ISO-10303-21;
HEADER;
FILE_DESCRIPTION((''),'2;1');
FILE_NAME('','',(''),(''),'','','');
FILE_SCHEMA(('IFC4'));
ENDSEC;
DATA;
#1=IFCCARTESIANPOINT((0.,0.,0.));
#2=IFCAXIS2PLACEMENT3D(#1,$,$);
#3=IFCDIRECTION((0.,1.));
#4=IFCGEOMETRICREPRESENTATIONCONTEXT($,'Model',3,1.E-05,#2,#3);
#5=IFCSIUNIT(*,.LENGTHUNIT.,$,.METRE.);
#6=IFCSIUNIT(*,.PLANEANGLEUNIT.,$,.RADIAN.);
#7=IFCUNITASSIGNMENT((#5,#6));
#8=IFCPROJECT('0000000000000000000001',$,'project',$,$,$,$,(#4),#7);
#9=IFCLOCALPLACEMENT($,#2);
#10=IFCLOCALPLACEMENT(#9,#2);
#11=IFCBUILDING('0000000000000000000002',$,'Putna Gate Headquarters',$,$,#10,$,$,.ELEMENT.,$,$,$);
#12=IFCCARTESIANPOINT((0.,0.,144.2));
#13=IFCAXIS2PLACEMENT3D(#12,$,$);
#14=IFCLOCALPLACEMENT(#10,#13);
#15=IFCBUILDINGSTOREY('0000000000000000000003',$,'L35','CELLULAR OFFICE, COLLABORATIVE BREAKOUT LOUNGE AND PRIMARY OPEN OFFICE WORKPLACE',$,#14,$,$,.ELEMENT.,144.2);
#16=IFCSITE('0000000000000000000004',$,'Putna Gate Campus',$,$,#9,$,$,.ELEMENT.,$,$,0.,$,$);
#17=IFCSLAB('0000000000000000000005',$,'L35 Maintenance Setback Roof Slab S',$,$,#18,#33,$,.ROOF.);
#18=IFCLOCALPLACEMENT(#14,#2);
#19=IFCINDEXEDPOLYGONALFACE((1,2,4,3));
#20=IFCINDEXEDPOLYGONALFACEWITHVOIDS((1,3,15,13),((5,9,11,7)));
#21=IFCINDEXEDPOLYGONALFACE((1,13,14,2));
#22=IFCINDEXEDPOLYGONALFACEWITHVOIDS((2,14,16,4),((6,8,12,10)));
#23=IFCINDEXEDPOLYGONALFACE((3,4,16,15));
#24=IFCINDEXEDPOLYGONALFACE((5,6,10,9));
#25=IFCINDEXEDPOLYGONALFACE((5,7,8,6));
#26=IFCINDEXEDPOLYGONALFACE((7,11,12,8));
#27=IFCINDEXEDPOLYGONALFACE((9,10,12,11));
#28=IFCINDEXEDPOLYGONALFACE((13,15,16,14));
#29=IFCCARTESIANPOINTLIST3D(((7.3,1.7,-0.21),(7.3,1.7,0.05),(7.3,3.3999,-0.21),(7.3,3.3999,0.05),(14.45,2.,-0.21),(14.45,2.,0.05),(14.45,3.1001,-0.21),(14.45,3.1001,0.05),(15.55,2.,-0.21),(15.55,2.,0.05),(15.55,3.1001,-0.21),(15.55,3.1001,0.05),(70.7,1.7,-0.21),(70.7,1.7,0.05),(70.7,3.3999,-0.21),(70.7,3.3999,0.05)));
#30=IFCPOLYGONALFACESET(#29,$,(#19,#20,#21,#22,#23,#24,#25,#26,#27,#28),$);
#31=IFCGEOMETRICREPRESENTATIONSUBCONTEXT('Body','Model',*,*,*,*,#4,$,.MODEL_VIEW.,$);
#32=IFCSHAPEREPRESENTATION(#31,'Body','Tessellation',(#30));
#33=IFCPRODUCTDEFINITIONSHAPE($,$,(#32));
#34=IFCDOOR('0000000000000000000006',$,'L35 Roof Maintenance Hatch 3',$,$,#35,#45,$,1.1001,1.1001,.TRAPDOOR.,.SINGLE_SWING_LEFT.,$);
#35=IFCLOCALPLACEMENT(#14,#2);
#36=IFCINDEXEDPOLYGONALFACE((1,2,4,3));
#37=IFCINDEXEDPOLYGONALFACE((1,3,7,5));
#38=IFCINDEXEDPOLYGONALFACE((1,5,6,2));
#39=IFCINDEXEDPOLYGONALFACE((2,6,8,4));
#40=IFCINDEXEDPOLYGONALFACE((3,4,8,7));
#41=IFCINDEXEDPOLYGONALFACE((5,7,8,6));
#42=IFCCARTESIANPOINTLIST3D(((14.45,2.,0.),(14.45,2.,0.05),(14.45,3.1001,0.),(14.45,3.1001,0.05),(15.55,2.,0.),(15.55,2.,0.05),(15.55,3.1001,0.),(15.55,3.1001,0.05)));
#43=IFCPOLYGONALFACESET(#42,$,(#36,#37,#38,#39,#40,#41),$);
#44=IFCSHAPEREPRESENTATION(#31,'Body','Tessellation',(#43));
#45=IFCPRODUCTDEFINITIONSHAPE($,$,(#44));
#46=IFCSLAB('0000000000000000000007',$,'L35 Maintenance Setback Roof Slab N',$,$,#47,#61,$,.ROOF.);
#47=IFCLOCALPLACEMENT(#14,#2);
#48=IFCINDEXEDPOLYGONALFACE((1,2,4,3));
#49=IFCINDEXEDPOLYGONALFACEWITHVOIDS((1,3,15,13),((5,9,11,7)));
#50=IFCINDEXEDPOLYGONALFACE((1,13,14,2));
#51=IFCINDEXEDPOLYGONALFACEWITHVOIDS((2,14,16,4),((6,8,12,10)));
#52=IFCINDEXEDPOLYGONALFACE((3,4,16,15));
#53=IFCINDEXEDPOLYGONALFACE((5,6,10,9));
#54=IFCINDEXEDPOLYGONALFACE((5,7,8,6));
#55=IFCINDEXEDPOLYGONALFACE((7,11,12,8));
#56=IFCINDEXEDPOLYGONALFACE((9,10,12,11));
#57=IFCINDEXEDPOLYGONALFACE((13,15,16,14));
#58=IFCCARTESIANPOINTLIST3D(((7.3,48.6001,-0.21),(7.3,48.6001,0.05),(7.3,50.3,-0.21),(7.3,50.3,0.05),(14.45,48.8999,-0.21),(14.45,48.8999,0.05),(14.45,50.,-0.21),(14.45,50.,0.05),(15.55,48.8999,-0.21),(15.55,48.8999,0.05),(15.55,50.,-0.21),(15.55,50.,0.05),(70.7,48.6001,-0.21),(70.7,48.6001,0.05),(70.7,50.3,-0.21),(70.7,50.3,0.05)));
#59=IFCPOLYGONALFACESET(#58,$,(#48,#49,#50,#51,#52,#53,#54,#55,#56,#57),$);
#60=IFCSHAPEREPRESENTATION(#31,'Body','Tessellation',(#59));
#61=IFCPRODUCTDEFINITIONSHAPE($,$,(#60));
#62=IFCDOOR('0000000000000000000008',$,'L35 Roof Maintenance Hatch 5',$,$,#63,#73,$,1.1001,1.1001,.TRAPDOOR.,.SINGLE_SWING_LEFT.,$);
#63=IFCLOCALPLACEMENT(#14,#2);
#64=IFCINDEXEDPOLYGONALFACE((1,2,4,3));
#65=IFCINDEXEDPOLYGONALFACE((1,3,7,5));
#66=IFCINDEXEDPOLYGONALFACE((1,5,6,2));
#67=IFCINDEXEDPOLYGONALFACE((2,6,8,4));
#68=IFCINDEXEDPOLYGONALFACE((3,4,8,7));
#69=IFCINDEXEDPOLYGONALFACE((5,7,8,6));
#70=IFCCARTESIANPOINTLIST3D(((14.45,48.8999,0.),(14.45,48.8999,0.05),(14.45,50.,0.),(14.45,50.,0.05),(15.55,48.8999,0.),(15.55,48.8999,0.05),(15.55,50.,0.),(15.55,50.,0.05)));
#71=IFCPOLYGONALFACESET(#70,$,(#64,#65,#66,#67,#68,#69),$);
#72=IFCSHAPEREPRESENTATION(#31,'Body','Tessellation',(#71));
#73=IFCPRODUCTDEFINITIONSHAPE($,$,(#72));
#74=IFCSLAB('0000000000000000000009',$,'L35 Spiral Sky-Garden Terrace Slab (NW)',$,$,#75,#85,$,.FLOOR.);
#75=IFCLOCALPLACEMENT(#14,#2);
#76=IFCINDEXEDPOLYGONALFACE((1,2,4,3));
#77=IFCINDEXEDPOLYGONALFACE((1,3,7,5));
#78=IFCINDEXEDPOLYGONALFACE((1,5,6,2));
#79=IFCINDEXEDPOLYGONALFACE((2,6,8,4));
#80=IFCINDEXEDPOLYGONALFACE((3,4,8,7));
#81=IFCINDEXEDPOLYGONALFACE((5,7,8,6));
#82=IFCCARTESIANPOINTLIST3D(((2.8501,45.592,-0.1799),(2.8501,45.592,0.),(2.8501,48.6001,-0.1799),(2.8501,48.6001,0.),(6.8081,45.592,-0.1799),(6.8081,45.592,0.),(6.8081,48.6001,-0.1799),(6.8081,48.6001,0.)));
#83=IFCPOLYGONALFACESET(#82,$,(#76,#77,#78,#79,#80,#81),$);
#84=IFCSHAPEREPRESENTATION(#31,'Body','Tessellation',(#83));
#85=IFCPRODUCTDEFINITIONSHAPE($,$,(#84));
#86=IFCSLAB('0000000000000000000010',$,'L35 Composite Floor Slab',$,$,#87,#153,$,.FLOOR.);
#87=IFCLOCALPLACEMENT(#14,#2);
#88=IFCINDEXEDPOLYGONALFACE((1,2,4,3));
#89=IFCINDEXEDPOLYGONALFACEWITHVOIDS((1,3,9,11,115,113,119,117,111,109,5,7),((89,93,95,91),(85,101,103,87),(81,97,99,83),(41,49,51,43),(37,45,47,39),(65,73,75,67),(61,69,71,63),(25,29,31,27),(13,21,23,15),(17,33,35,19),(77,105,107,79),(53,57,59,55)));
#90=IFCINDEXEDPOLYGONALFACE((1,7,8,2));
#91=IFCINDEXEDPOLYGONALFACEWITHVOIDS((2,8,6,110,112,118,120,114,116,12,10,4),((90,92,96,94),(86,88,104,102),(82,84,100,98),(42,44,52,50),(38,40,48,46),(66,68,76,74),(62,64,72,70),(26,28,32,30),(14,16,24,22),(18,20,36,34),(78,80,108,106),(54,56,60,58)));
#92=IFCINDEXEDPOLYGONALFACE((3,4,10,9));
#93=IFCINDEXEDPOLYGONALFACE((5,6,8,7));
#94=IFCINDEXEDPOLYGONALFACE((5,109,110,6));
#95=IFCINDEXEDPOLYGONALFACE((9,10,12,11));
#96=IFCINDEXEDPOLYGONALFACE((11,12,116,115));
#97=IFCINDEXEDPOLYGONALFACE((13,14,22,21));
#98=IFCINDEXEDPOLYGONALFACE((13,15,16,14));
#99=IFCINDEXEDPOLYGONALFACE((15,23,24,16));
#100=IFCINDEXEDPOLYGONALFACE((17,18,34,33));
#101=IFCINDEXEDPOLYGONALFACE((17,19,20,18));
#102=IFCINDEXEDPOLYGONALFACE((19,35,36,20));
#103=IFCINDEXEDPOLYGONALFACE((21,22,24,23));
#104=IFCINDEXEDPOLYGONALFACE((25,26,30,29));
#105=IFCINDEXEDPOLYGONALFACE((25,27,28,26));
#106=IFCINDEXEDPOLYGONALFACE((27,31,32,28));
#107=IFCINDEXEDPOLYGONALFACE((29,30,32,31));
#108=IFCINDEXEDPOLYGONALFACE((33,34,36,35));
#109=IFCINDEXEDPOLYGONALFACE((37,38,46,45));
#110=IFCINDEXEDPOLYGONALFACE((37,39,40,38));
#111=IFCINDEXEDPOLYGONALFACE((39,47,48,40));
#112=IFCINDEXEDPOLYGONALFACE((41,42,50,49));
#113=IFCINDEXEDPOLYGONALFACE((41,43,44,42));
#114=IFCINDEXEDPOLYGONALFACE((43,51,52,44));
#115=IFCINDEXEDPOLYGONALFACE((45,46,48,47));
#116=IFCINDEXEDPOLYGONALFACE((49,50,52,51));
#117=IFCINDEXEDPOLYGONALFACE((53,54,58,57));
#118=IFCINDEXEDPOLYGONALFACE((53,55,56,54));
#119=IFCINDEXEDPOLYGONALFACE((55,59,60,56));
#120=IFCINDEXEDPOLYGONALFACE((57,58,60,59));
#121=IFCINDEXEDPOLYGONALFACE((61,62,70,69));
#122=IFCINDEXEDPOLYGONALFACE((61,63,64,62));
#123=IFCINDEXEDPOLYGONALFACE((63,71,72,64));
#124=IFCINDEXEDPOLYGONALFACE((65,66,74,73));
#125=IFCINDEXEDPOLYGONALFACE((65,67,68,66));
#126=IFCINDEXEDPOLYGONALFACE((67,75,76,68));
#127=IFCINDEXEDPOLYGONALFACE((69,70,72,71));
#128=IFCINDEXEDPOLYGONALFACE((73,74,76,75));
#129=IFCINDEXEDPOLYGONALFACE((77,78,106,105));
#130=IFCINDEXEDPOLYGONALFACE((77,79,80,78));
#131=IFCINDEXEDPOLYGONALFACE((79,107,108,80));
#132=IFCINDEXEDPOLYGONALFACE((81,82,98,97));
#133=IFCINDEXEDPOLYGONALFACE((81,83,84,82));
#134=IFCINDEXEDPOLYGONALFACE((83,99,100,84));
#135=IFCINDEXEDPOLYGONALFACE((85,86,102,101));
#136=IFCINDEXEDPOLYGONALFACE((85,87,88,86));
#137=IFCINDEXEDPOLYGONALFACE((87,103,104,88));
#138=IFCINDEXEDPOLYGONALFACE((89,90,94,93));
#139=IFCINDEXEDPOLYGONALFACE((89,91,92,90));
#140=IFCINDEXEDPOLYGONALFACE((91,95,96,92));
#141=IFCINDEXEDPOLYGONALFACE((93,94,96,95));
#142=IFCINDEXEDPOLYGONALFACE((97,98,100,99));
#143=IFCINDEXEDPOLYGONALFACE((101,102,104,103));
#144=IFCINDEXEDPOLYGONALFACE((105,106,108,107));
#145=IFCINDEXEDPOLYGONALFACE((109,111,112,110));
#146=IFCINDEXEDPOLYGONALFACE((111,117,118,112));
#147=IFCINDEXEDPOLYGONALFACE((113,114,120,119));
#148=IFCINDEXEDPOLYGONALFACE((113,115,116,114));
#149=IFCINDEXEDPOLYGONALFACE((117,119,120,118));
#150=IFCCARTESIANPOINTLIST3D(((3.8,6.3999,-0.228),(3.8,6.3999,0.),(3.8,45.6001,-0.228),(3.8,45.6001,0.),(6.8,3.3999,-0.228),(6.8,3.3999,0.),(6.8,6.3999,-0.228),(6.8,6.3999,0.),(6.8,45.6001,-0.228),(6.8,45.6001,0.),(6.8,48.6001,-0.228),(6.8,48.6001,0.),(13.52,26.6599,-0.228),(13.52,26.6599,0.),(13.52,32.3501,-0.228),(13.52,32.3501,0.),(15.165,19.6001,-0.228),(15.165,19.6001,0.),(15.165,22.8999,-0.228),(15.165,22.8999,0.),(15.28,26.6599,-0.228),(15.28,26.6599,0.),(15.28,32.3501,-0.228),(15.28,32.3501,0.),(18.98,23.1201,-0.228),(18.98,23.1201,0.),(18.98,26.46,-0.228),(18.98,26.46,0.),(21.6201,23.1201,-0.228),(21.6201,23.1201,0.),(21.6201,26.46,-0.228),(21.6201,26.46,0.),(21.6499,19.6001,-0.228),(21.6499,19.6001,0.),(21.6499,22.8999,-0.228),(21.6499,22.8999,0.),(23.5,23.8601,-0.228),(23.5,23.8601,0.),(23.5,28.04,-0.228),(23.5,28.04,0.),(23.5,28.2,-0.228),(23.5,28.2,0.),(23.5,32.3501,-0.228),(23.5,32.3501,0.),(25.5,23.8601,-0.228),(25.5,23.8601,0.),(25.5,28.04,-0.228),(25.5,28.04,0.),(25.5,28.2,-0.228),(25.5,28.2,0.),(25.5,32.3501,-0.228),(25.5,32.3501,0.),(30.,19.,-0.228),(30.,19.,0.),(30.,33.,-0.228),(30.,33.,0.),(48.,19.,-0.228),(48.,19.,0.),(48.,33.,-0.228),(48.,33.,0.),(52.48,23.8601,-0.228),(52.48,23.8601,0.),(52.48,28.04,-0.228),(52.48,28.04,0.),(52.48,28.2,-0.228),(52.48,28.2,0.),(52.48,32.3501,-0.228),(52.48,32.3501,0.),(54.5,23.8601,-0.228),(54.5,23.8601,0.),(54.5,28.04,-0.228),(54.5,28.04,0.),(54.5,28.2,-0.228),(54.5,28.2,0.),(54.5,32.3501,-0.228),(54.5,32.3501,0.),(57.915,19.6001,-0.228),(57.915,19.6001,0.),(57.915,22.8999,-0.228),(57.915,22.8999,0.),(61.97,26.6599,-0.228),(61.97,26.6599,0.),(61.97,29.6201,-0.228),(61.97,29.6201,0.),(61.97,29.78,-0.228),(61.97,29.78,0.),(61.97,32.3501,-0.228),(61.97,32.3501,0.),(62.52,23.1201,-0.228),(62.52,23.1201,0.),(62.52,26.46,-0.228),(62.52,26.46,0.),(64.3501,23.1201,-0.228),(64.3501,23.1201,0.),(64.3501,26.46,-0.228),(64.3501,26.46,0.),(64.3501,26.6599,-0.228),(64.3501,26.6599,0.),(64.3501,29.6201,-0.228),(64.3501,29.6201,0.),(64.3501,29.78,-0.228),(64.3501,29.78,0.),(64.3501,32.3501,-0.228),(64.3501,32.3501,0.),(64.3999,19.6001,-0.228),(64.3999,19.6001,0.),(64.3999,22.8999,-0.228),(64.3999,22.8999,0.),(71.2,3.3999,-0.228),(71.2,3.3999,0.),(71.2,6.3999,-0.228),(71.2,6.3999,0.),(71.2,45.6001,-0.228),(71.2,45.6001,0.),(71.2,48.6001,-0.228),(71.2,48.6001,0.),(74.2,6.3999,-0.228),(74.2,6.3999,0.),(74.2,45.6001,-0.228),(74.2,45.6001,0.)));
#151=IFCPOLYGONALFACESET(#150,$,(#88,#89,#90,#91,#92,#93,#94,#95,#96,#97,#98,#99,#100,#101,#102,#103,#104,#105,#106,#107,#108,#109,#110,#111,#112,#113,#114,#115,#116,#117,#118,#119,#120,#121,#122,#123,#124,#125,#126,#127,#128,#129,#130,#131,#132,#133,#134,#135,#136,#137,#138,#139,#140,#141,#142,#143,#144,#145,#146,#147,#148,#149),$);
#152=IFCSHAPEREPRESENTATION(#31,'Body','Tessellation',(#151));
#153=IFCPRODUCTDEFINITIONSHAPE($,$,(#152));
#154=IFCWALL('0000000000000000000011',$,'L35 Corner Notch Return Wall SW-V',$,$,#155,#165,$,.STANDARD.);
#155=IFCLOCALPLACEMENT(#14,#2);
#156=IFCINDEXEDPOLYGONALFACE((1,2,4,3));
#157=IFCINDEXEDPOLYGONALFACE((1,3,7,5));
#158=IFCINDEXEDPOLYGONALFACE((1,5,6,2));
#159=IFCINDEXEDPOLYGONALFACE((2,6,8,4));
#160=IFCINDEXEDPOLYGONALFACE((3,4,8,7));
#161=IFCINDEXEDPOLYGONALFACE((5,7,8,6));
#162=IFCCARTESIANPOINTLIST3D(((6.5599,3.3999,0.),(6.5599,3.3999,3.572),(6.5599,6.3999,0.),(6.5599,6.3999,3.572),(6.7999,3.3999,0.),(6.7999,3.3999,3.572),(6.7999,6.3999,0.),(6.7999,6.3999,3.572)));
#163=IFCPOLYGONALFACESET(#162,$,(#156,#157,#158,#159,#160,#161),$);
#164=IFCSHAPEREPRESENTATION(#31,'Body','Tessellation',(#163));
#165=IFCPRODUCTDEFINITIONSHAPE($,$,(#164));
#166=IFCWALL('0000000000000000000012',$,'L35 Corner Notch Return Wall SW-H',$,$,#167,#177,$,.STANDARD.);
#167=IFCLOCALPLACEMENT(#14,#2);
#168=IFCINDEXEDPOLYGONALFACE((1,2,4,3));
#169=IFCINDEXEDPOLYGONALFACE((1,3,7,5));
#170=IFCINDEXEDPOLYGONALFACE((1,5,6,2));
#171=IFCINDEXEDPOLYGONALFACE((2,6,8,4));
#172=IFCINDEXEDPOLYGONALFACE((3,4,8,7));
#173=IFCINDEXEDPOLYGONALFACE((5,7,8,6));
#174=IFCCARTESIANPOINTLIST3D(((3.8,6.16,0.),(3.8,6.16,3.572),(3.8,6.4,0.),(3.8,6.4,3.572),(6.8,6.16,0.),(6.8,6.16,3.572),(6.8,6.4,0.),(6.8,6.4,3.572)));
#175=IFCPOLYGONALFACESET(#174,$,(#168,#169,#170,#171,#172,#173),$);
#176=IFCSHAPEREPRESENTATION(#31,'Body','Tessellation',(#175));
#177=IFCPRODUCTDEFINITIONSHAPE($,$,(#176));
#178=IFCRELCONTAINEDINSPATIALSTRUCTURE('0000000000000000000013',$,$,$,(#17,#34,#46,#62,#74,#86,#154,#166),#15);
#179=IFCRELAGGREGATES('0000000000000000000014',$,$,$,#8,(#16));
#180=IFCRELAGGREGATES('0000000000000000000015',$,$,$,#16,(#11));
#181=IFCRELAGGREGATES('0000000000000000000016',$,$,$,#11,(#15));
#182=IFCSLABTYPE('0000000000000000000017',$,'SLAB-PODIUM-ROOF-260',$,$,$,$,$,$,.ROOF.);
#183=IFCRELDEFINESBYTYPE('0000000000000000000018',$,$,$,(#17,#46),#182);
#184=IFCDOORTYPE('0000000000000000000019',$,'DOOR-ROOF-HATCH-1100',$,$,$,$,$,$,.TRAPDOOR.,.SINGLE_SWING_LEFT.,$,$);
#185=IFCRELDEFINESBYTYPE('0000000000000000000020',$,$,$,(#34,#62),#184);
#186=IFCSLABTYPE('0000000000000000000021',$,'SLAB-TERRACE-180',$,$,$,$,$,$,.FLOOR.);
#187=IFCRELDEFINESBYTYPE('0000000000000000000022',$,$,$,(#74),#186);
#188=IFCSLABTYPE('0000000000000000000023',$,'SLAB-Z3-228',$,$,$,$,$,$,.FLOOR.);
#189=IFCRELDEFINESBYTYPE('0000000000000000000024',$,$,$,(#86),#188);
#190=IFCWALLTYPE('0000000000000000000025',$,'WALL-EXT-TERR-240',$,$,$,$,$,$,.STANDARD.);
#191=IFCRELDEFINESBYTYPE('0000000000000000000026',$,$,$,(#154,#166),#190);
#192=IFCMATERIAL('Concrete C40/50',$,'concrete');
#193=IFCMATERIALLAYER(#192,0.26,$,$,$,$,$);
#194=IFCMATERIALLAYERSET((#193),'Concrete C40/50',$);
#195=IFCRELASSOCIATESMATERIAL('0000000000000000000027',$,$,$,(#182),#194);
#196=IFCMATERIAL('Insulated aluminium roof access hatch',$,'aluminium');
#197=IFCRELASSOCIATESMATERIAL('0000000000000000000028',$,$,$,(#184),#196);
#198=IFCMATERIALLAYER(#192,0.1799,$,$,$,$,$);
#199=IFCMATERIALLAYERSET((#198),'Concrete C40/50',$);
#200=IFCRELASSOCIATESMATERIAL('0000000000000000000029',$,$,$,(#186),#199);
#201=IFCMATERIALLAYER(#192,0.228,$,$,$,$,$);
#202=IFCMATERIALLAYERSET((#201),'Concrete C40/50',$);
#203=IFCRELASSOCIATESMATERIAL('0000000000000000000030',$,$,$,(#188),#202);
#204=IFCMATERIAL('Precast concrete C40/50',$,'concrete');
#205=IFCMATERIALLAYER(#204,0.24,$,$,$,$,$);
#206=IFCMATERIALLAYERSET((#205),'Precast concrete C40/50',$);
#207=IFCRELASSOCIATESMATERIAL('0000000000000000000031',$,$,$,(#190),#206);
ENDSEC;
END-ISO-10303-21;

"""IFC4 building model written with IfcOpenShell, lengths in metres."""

from ifc_helpers import new_model, si_unit, direction, frame, frame_2d, origin, origin_2d, place, context, subcontext, project, spatial, polyline, rectangle, outline, extrude, material, layer, layer_set, type_object, element, fill, save


model = new_model("IFC4")

# Units and contexts
model_context = context("Model", 3, precision=1e-05, world=origin(), true_north=direction((0.0, 1.0)))
body_context = subcontext(model_context, "Body", "Model", "MODEL_VIEW")
ifc_project = project(units=[si_unit("LENGTHUNIT", "METRE"), si_unit("PLANEANGLEUNIT", "RADIAN")], contexts=[model_context])

# Site, building, storey
site_placement = place(None, origin())
site = spatial("IfcSite", under=ifc_project, at=site_placement, Name="Putna Gate Campus", CompositionType="ELEMENT", RefElevation=0.0)
building_placement = place(site_placement, origin())
building = spatial("IfcBuilding", under=site, at=building_placement, Name="Putna Gate Headquarters", CompositionType="ELEMENT")
storey_placement = place(building_placement, frame((0.0, 0.0, 144.2)))
storey = spatial("IfcBuildingStorey", under=building, at=storey_placement, Name="L35", Description="CELLULAR OFFICE, COLLABORATIVE BREAKOUT LOUNGE AND PRIMARY OPEN OFFICE WORKPLACE", CompositionType="ELEMENT", Elevation=144.2)

# Shared definitions
ifc_material_1 = material(Name="Concrete C40/50", Category="concrete")

# Slabs, openings, doors
ifc_layer_1 = layer(ifc_material_1, 0.26)
ifc_layer_set_1 = layer_set([ifc_layer_1], Name="Concrete C40/50")
slab_type_1 = type_object("IfcSlabType", Name="SLAB-PODIUM-ROOF-260", PredefinedType="ROOF", material=ifc_layer_set_1)
slab_1_placement = place(storey_placement, frame((0.0, 0.0, -0.21)))
slab_1 = element("IfcSlab", 1, at=slab_1_placement, inside=storey, type_object=slab_type_1, Name="L35 Maintenance Setback Roof Slab S", PredefinedType="ROOF", context=body_context, shape_type="SweptSolid", body=[
    extrude(outline(polyline([(7.3, 1.7), (70.7, 1.7), (70.7, 3.3999), (7.3, 3.3999), (7.3, 1.7)])), origin(), (0.0, 0.0, 1.0), 0.26),
])
opening_1_placement = place(slab_1_placement, frame((15.0, 2.55, 0.0)))
opening_1 = element("IfcOpeningElement", 2, at=opening_1_placement, cuts=slab_1, PredefinedType="OPENING", context=body_context, shape_type="SweptSolid", body=[
    extrude(rectangle(XDim=1.1001, YDim=1.1001, at=origin_2d()), origin(), (0.0, 0.0, 1.0), 0.26),
])
ifc_material_2 = material(Name="Insulated aluminium roof access hatch", Category="aluminium")
door_type = type_object("IfcDoorType", Name="DOOR-ROOF-HATCH-1100", OperationType="SINGLE_SWING_LEFT", PredefinedType="TRAPDOOR", material=ifc_material_2)
door_1_placement = place(opening_1_placement, frame((0.0, 0.0, 0.21)))
door_1 = element("IfcDoor", 3, at=door_1_placement, inside=storey, type_object=door_type, Name="L35 Roof Maintenance Hatch 3", OperationType="SINGLE_SWING_LEFT", OverallHeight=1.1001, OverallWidth=1.1001, PredefinedType="TRAPDOOR", context=body_context, shape_type="SweptSolid", body=[
    extrude(rectangle(XDim=1.1001, YDim=1.1001, at=origin_2d()), origin(), (0.0, 0.0, 1.0), 0.05),
])
fill(opening_1, door_1)
slab_2_placement = place(storey_placement, frame((0.0, 0.0, -0.21)))
slab_2 = element("IfcSlab", 4, at=slab_2_placement, inside=storey, type_object=slab_type_1, Name="L35 Maintenance Setback Roof Slab N", PredefinedType="ROOF", context=body_context, shape_type="SweptSolid", body=[
    extrude(outline(polyline([(7.3, 48.6001), (70.7, 48.6001), (70.7, 50.3), (7.3, 50.3), (7.3, 48.6001)])), origin(), (0.0, 0.0, 1.0), 0.26),
])
opening_2_placement = place(slab_2_placement, frame((15.0, 49.45, 0.0)))
opening_2 = element("IfcOpeningElement", 5, at=opening_2_placement, cuts=slab_2, PredefinedType="OPENING", context=body_context, shape_type="SweptSolid", body=[
    extrude(rectangle(XDim=1.1001, YDim=1.1001, at=origin_2d()), origin(), (0.0, 0.0, 1.0), 0.26),
])
door_2_placement = place(opening_2_placement, frame((0.0, 0.0, 0.21)))
door_2 = element("IfcDoor", 6, at=door_2_placement, inside=storey, type_object=door_type, Name="L35 Roof Maintenance Hatch 5", OperationType="SINGLE_SWING_LEFT", OverallHeight=1.1001, OverallWidth=1.1001, PredefinedType="TRAPDOOR", context=body_context, shape_type="SweptSolid", body=[
    extrude(rectangle(XDim=1.1001, YDim=1.1001, at=origin_2d()), origin(), (0.0, 0.0, 1.0), 0.05),
])
fill(opening_2, door_2)

# Slabs
ifc_layer_2 = layer(ifc_material_1, 0.1799)
ifc_layer_set_2 = layer_set([ifc_layer_2], Name="Concrete C40/50")
slab_type_2 = type_object("IfcSlabType", Name="SLAB-TERRACE-180", PredefinedType="FLOOR", material=ifc_layer_set_2)
slab_3_placement = place(storey_placement, frame((0.0, 0.0, -0.1799)))
element("IfcSlab", 7, at=slab_3_placement, inside=storey, type_object=slab_type_2, Name="L35 Spiral Sky-Garden Terrace Slab (NW)", PredefinedType="FLOOR", context=body_context, shape_type="SweptSolid", body=[
    extrude(outline(polyline([(2.8501, 45.592), (6.8081, 45.592), (6.8081, 48.6001), (2.8501, 48.6001), (2.8501, 45.592)])), origin(), (0.0, 0.0, 1.0), 0.1799),
])
ifc_layer_3 = layer(ifc_material_1, 0.228)
ifc_layer_set_3 = layer_set([ifc_layer_3], Name="Concrete C40/50")
slab_type_3 = type_object("IfcSlabType", Name="SLAB-Z3-228", PredefinedType="FLOOR", material=ifc_layer_set_3)
slab_4_placement = place(storey_placement, frame((0.0, 0.0, -0.228)))
element("IfcSlab", 8, at=slab_4_placement, inside=storey, type_object=slab_type_3, Name="L35 Composite Floor Slab", PredefinedType="FLOOR", context=body_context, shape_type="SweptSolid", body=[
    extrude(outline(polyline([(6.8, 3.3999), (71.2, 3.3999), (71.2, 6.3999), (74.2, 6.3999), (74.2, 45.6001), (71.2, 45.6001), (71.2, 48.6001), (6.8, 48.6001), (6.8, 45.6001), (3.8, 45.6001), (3.8, 6.3999), (6.8, 6.3999), (6.8, 3.3999)]), holes=[polyline([(15.165, 19.6001), (21.6499, 19.6001), (21.6499, 22.8999), (15.165, 22.8999), (15.165, 19.6001)]), polyline([(57.915, 19.6001), (64.3999, 19.6001), (64.3999, 22.8999), (57.915, 22.8999), (57.915, 19.6001)]), polyline([(13.52, 26.6599), (15.28, 26.6599), (15.28, 32.3501), (13.52, 32.3501), (13.52, 26.6599)]), polyline([(61.97, 29.78), (64.3501, 29.78), (64.3501, 32.3501), (61.97, 32.3501), (61.97, 29.78)]), polyline([(18.98, 23.1201), (21.6201, 23.1201), (21.6201, 26.46), (18.98, 26.46), (18.98, 23.1201)]), polyline([(62.52, 23.1201), (64.3501, 23.1201), (64.3501, 26.46), (62.52, 26.46), (62.52, 23.1201)]), polyline([(61.97, 26.6599), (64.3501, 26.6599), (64.3501, 29.6201), (61.97, 29.6201), (61.97, 26.6599)]), polyline([(23.5, 23.8601), (25.5, 23.8601), (25.5, 28.04), (23.5, 28.04), (23.5, 23.8601)]), polyline([(52.48, 23.8601), (54.5, 23.8601), (54.5, 28.04), (52.48, 28.04), (52.48, 23.8601)]), polyline([(23.5, 28.2), (25.5, 28.2), (25.5, 32.3501), (23.5, 32.3501), (23.5, 28.2)]), polyline([(52.48, 28.2), (54.5, 28.2), (54.5, 32.3501), (52.48, 32.3501), (52.48, 28.2)]), polyline([(30.0, 19.0), (48.0, 19.0), (48.0, 33.0), (30.0, 33.0), (30.0, 19.0)])]), origin(), (0.0, 0.0, 1.0), 0.228),
])

# Walls
ifc_material_3 = material(Name="Precast concrete C40/50", Category="concrete")
ifc_layer_4 = layer(ifc_material_3, 0.24)
ifc_layer_set_4 = layer_set([ifc_layer_4], Name="Precast concrete C40/50")
wall_type = type_object("IfcWallType", Name="WALL-EXT-TERR-240", PredefinedType="STANDARD", material=ifc_layer_set_4)
for number, where, z_axis, x_axis, name in (
    (9, (6.6799, 3.3999, 0.0), (0.0, 0.0, 1.0), (0.0, 1.0, 0.0), "L35 Corner Notch Return Wall SW-V"),
    (10, (6.8, 6.28, 0.0), (0.0, 0.0, 1.0), (-1.0, 0.0, 0.0), "L35 Corner Notch Return Wall SW-H"),
):
    element("IfcWall", number, at=place(storey_placement, frame(where, z_axis=z_axis, x_axis=x_axis)), inside=storey, type_object=wall_type, Name=name, PredefinedType="STANDARD", context=body_context, shape_type="SweptSolid", body=[
        extrude(rectangle(XDim=3.0, YDim=0.24, at=frame_2d((1.5, 0.0))), origin(), (0.0, 0.0, 1.0), 3.572),
    ])

save(model, "model.ifc")
